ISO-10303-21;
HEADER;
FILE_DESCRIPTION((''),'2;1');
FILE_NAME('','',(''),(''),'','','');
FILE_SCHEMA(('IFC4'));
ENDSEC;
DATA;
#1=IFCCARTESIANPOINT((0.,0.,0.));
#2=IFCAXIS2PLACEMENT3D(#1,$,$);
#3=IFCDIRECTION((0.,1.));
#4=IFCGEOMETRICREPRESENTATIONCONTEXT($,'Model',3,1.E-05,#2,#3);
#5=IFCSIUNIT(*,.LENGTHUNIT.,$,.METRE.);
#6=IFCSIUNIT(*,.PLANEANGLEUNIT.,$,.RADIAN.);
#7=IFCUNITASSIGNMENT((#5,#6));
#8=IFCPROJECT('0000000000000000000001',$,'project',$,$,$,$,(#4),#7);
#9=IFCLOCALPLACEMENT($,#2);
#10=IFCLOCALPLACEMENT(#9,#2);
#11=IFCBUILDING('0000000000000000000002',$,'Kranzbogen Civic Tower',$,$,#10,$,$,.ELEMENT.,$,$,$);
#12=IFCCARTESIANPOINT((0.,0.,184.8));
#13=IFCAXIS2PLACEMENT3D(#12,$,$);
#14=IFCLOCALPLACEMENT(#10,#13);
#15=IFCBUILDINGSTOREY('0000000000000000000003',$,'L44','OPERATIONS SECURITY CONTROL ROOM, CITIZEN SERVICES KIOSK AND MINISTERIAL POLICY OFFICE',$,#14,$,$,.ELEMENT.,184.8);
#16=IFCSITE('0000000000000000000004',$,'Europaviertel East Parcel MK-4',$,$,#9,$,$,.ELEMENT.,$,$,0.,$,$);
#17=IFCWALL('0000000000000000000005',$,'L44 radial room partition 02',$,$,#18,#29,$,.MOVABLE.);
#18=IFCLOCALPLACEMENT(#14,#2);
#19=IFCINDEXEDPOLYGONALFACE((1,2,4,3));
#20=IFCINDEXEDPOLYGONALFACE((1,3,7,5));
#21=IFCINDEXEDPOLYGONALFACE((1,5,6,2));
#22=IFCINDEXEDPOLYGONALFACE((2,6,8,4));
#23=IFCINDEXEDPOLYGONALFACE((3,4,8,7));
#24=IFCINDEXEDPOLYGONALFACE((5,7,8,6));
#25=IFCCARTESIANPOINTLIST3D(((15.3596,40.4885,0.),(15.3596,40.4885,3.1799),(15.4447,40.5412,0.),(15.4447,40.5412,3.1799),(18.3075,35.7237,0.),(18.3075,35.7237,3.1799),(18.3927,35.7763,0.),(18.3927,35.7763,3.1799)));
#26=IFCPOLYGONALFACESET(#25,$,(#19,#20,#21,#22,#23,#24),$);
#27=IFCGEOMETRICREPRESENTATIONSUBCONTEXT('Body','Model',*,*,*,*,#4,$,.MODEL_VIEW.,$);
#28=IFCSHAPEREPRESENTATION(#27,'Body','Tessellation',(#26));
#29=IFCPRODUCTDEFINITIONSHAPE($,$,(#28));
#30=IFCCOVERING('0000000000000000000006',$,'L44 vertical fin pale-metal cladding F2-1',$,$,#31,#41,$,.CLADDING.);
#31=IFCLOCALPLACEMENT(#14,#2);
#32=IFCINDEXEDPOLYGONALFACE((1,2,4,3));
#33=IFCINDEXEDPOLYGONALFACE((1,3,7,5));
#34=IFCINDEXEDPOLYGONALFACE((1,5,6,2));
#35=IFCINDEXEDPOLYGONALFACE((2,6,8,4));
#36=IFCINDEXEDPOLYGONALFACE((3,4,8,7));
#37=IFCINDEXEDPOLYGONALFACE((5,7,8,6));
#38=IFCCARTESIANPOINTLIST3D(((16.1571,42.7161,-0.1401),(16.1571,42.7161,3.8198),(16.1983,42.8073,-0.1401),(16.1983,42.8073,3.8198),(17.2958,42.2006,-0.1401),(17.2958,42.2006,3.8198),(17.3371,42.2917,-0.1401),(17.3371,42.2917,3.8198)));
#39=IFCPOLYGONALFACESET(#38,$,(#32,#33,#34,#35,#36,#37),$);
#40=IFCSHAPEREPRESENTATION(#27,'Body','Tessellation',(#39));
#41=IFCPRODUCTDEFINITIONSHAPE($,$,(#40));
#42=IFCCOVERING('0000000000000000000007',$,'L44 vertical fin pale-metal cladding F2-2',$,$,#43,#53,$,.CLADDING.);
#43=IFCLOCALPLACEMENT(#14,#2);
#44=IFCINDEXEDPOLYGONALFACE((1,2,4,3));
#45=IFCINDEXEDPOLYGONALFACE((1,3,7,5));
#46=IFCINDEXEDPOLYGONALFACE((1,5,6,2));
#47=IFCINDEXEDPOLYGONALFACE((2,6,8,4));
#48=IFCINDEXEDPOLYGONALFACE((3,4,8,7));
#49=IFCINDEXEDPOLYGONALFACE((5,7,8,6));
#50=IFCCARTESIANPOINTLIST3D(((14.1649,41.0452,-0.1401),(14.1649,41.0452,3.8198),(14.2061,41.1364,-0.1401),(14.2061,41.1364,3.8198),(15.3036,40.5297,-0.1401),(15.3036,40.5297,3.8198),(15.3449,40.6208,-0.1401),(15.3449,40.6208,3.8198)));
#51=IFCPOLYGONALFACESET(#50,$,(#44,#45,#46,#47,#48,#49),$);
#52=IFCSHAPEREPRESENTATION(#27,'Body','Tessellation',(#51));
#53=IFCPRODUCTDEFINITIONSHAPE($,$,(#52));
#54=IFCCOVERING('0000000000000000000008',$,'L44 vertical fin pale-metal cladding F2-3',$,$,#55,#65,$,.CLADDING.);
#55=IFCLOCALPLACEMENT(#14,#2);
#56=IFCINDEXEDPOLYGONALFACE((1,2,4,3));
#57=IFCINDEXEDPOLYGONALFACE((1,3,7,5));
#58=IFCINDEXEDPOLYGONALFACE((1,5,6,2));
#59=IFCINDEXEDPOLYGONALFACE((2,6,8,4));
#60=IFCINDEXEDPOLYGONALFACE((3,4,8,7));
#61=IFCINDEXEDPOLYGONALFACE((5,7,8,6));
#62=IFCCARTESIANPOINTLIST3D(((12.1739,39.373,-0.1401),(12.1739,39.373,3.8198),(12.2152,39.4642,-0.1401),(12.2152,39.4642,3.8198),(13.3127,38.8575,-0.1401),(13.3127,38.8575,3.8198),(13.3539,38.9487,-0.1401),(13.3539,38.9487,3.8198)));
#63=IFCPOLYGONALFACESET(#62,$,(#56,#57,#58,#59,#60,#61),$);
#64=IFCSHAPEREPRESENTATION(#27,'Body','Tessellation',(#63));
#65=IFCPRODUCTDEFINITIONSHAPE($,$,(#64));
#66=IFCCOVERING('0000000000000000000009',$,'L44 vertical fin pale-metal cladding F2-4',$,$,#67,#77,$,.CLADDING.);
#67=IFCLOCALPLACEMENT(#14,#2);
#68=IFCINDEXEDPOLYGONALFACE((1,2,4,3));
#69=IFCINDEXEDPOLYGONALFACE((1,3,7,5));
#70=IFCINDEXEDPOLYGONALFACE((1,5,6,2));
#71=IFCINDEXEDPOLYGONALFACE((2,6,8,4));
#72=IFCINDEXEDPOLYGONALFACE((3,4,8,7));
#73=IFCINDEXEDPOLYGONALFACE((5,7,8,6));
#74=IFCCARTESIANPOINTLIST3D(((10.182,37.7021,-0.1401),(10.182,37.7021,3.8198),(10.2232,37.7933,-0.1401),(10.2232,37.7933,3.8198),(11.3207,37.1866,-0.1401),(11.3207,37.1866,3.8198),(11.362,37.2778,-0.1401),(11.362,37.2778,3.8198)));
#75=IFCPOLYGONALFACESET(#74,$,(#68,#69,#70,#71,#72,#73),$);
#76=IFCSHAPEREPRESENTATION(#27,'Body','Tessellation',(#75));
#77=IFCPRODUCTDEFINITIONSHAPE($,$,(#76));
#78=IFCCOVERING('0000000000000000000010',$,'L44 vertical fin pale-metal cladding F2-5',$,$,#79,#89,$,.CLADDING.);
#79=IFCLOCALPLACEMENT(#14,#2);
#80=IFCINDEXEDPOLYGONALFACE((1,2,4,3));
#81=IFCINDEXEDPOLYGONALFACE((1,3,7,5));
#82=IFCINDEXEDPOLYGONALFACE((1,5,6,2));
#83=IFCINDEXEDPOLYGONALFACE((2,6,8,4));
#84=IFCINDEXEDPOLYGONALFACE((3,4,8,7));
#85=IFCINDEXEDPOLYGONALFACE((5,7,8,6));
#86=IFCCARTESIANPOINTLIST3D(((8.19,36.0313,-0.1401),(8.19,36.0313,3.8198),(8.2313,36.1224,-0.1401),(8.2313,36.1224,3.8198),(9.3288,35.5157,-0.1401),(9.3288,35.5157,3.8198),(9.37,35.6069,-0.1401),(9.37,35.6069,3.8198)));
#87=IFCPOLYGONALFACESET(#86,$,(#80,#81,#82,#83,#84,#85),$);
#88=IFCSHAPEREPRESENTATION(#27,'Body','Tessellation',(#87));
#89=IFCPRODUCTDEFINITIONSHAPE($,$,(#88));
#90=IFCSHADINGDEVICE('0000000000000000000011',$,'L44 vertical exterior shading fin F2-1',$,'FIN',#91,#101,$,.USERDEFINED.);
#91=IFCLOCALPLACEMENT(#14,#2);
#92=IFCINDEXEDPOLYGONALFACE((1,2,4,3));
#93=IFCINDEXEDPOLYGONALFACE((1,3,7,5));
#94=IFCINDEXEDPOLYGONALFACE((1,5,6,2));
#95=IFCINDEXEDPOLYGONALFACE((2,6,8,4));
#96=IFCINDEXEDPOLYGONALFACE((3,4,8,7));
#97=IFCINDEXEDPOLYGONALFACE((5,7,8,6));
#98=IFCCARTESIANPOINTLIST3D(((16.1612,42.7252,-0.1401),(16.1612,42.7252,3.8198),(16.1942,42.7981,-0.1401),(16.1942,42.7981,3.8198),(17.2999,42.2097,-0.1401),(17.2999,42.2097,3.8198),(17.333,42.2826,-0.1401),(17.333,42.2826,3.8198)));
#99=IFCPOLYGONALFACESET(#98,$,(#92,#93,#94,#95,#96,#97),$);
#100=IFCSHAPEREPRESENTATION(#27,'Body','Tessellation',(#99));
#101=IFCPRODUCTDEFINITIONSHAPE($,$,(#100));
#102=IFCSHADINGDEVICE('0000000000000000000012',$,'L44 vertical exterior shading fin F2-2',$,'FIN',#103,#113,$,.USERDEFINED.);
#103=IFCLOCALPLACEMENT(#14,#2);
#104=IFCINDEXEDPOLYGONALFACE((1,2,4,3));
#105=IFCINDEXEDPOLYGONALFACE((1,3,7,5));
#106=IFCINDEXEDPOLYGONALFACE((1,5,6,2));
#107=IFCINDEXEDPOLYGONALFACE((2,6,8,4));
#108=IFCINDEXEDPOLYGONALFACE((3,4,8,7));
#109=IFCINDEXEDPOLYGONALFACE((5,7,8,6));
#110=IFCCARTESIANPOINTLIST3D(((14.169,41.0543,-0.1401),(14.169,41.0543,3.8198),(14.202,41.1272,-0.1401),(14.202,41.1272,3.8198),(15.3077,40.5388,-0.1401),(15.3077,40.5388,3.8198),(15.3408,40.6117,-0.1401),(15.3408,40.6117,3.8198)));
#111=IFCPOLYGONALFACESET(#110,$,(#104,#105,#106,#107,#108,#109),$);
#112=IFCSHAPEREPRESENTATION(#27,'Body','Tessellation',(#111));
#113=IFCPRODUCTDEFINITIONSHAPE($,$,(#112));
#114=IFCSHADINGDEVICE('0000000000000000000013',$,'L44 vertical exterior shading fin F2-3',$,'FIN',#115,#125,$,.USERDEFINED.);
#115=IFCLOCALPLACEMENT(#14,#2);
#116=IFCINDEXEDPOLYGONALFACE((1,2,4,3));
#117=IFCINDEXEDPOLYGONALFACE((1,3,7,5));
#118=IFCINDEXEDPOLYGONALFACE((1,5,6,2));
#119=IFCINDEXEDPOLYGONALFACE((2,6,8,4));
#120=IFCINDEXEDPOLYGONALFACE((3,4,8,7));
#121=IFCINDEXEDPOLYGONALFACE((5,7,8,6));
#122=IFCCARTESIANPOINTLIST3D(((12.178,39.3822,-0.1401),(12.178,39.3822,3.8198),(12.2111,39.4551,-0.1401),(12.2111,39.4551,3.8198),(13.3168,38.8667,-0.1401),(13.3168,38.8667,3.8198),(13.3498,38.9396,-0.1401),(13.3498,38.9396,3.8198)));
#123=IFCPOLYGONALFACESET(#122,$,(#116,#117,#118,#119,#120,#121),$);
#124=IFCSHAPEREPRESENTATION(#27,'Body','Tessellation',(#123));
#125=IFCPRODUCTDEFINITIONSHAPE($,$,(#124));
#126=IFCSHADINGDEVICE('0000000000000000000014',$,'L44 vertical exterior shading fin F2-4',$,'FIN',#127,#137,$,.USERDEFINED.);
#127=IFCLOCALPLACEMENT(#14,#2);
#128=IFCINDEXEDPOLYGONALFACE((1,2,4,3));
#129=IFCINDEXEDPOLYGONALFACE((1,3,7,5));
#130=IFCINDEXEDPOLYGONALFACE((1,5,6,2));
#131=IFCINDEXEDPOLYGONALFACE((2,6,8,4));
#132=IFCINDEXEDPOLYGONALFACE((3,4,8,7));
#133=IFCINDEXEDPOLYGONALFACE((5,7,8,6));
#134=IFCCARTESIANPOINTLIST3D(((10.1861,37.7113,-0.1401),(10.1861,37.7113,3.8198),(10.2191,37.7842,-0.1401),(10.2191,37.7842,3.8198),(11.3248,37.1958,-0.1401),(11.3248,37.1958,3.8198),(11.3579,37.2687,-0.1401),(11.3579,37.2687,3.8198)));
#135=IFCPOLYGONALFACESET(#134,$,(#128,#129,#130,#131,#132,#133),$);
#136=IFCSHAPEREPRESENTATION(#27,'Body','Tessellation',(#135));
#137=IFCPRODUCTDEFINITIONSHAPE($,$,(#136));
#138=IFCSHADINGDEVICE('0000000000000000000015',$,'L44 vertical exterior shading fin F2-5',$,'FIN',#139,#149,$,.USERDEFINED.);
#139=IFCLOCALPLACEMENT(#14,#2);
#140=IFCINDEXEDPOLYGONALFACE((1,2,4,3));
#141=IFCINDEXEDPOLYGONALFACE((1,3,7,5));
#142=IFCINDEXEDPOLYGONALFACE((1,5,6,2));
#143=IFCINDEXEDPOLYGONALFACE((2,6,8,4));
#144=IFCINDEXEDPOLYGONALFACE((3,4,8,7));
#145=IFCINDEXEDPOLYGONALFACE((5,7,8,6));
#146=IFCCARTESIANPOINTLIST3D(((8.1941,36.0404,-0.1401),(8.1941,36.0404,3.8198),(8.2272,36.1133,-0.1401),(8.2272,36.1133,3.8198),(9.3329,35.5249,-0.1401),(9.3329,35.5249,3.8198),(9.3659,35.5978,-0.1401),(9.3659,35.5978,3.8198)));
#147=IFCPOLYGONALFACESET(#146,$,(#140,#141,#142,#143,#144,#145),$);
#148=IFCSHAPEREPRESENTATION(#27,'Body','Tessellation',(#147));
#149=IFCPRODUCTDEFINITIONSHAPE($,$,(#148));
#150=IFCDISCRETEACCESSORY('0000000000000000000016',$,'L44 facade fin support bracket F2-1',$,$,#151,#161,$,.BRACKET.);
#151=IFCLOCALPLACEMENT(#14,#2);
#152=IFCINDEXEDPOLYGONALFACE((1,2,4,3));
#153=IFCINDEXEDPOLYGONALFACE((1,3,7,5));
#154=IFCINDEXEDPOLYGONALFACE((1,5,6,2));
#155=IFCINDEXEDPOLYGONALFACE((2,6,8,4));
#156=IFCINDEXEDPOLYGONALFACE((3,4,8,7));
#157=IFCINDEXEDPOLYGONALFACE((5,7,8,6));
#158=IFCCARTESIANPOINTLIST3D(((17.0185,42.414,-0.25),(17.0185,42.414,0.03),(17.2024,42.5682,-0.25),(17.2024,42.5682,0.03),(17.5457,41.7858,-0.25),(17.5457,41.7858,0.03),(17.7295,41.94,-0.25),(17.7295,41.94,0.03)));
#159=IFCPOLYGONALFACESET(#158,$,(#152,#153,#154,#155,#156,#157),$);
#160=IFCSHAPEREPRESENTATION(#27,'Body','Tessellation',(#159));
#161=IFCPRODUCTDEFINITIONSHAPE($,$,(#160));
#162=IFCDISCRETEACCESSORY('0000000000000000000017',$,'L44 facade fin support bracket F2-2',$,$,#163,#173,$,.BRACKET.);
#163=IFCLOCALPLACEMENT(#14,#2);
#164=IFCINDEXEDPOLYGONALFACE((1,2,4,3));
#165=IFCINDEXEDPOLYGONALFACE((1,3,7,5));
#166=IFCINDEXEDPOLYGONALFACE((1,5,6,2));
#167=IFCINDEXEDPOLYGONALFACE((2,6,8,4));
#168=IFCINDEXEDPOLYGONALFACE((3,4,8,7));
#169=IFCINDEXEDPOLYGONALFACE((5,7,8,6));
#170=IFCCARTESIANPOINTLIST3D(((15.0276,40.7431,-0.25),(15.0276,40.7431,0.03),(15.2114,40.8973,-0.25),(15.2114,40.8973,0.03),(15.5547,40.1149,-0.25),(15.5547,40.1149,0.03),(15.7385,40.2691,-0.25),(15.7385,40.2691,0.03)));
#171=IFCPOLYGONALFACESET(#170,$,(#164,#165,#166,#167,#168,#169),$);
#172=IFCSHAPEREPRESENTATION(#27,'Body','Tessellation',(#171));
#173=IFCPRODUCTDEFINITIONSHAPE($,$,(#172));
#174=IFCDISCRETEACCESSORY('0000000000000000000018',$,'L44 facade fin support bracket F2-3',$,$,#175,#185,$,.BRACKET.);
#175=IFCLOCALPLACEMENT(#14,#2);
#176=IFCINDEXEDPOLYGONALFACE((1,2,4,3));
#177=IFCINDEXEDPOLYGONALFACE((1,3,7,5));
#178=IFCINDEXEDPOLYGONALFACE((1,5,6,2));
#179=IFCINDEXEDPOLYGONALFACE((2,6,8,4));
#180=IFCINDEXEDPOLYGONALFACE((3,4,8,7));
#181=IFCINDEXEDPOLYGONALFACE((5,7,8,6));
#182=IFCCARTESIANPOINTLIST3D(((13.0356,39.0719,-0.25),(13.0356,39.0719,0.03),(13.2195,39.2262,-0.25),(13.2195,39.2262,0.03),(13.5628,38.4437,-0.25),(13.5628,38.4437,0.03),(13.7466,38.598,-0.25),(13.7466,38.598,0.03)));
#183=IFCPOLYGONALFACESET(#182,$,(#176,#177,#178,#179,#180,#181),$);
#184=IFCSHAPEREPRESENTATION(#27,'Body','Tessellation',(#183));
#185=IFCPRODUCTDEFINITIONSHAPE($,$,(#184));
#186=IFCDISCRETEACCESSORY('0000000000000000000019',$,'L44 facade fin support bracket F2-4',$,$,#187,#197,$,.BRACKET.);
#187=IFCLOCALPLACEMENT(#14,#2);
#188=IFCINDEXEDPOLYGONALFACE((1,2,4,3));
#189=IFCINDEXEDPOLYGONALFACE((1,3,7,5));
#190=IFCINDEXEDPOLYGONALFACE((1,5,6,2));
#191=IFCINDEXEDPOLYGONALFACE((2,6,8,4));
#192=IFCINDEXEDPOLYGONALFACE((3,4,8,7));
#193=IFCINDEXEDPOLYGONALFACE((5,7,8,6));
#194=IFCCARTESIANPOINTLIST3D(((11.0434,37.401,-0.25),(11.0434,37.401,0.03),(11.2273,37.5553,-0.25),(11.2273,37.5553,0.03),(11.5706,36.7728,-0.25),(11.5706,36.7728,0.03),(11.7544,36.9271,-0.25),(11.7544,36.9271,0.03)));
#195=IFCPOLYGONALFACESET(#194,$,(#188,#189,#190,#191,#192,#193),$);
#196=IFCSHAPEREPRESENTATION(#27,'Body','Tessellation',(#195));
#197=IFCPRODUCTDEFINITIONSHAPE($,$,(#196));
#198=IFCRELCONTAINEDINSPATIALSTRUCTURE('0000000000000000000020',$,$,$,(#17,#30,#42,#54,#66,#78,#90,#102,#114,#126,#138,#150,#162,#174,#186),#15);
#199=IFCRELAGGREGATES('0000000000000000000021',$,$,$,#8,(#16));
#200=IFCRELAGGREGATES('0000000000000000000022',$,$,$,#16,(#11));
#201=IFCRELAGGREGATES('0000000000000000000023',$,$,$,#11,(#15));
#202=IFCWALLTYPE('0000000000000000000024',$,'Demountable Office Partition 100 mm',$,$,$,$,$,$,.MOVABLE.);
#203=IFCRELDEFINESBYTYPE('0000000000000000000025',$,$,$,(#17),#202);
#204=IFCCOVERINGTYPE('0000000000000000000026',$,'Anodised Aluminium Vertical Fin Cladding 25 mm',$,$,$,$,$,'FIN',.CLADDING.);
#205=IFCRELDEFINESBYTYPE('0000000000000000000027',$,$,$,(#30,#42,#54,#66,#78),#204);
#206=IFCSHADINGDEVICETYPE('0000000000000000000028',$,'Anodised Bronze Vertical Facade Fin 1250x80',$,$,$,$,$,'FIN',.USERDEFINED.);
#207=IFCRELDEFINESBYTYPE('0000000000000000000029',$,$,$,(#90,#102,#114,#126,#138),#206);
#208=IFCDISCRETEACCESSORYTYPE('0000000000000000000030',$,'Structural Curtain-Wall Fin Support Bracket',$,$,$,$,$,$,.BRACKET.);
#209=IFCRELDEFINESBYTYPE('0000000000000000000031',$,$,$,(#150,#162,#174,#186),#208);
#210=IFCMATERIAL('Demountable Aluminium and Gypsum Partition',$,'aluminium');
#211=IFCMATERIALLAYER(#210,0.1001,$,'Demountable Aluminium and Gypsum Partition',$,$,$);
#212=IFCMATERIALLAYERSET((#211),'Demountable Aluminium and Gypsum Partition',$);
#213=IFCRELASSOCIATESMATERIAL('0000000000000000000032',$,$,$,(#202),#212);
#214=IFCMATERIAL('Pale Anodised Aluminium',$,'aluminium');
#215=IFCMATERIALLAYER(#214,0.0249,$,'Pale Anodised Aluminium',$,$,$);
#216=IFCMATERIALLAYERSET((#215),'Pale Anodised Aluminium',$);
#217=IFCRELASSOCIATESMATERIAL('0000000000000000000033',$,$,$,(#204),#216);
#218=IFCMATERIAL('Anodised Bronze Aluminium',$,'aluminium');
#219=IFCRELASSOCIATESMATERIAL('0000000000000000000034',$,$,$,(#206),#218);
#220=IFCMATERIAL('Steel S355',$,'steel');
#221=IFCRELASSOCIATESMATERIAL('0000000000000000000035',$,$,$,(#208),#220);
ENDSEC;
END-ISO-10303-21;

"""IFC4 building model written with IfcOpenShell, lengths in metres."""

from ifc_helpers import new_model, si_unit, direction, frame, frame_2d, origin, origin_2d, place, context, subcontext, project, spatial, rectangle, extrude, material, layer, layer_set, type_object, element, save


model = new_model("IFC4")

# Units and contexts
model_context = context("Model", 3, precision=1e-05, world=origin(), true_north=direction((0.0, 1.0)))
body_context = subcontext(model_context, "Body", "Model", "MODEL_VIEW")
ifc_project = project(units=[si_unit("LENGTHUNIT", "METRE"), si_unit("PLANEANGLEUNIT", "RADIAN")], contexts=[model_context])

# Site, building, storey
site_placement = place(None, origin())
site = spatial("IfcSite", under=ifc_project, at=site_placement, Name="Europaviertel East Parcel MK-4", CompositionType="ELEMENT", RefElevation=0.0)
building_placement = place(site_placement, origin())
building = spatial("IfcBuilding", under=site, at=building_placement, Name="Kranzbogen Civic Tower", CompositionType="ELEMENT")
storey_placement = place(building_placement, frame((0.0, 0.0, 184.8)))
storey = spatial("IfcBuildingStorey", under=building, at=storey_placement, Name="L44", Description="OPERATIONS SECURITY CONTROL ROOM, CITIZEN SERVICES KIOSK AND MINISTERIAL POLICY OFFICE", CompositionType="ELEMENT", Elevation=184.8)

# Shared definitions
ifc_material_1 = material(Name="Steel S355", Category="steel")

# Shared definitions
ifc_material_2 = material(Name="Pale Anodised Aluminium", Category="aluminium")

# Wall
ifc_material_3 = material(Name="Demountable Aluminium and Gypsum Partition", Category="aluminium")
ifc_layer_1 = layer(ifc_material_3, 0.1001, Name="Demountable Aluminium and Gypsum Partition")
ifc_layer_set_1 = layer_set([ifc_layer_1], Name="Demountable Aluminium and Gypsum Partition")
wall_type_1 = type_object("IfcWallType", Name="Demountable Office Partition 100 mm", PredefinedType="MOVABLE", material=ifc_layer_set_1)
wall_1_placement = place(storey_placement, frame((18.3501, 35.75, 0.0), z_axis=(0.0, 0.0, 1.0), x_axis=(-0.526136, 0.850401, 0.0)))
element("IfcWall", 1, at=wall_1_placement, inside=storey, type_object=wall_type_1, Name="L44 radial room partition 02", PredefinedType="MOVABLE", context=body_context, shape_type="SweptSolid", body=[
    extrude(rectangle(XDim=5.603, YDim=0.1001, at=frame_2d((2.8015, 0.0))), origin(), (0.0, 0.0, 1.0), 3.1799),
])

# Coverings
ifc_layer_2 = layer(ifc_material_2, 0.0249, Name="Pale Anodised Aluminium")
ifc_layer_set_2 = layer_set([ifc_layer_2], Name="Pale Anodised Aluminium")
covering_type = type_object("IfcCoveringType", Name="Anodised Aluminium Vertical Fin Cladding 25 mm", ElementType="FIN", PredefinedType="CLADDING", material=ifc_layer_set_2)
for number, where, z_axis, x_axis, name in (
    (2, (16.7471, 42.5039, -0.1401), (0.0, 0.0, 1.0), (-0.911001, 0.412405, 0.0), "L44 vertical fin pale-metal cladding F2-1"),
    (3, (14.7549, 40.833, -0.1401), (0.0, 0.0, 1.0), (-0.911001, 0.412405, 0.0), "L44 vertical fin pale-metal cladding F2-2"),
    (4, (12.7639, 39.1609, -0.1401), (0.0, 0.0, 1.0), (-0.911001, 0.412405, 0.0), "L44 vertical fin pale-metal cladding F2-3"),
    (5, (10.772, 37.49, -0.1401), (0.0, 0.0, 1.0), (-0.911001, 0.412405, 0.0), "L44 vertical fin pale-metal cladding F2-4"),
    (6, (8.78, 35.8191, -0.1401), (0.0, 0.0, 1.0), (-0.911001, 0.412405, 0.0), "L44 vertical fin pale-metal cladding F2-5"),
):
    element("IfcCovering", number, at=place(storey_placement, frame(where, z_axis=z_axis, x_axis=x_axis)), inside=storey, type_object=covering_type, Name=name, PredefinedType="CLADDING", context=body_context, shape_type="SweptSolid", body=[
        extrude(rectangle(XDim=1.25, YDim=0.1001, at=origin_2d()), origin(), (0.0, 0.0, 1.0), 3.96),
    ])

# Shading devices
ifc_material_4 = material(Name="Anodised Bronze Aluminium", Category="aluminium")
shading_device_type = type_object("IfcShadingDeviceType", Name="Anodised Bronze Vertical Facade Fin 1250x80", ElementType="FIN", PredefinedType="USERDEFINED", material=ifc_material_4)
for number, where, z_axis, x_axis, name in (
    (7, (16.7471, 42.5039, -0.1401), (0.0, 0.0, 1.0), (-0.911001, 0.412405, 0.0), "L44 vertical exterior shading fin F2-1"),
    (8, (14.7549, 40.833, -0.1401), (0.0, 0.0, 1.0), (-0.911001, 0.412405, 0.0), "L44 vertical exterior shading fin F2-2"),
    (9, (12.7639, 39.1609, -0.1401), (0.0, 0.0, 1.0), (-0.911001, 0.412405, 0.0), "L44 vertical exterior shading fin F2-3"),
    (10, (10.772, 37.49, -0.1401), (0.0, 0.0, 1.0), (-0.911001, 0.412405, 0.0), "L44 vertical exterior shading fin F2-4"),
    (11, (8.78, 35.8191, -0.1401), (0.0, 0.0, 1.0), (-0.911001, 0.412405, 0.0), "L44 vertical exterior shading fin F2-5"),
):
    element("IfcShadingDevice", number, at=place(storey_placement, frame(where, z_axis=z_axis, x_axis=x_axis)), inside=storey, type_object=shading_device_type, Name=name, ObjectType="FIN", PredefinedType="USERDEFINED", context=body_context, shape_type="SweptSolid", body=[
        extrude(rectangle(XDim=1.25, YDim=0.0801, at=origin_2d()), origin(), (0.0, 0.0, 1.0), 3.96),
    ])

# Discrete accessories
discrete_accessory_type = type_object("IfcDiscreteAccessoryType", Name="Structural Curtain-Wall Fin Support Bracket", PredefinedType="BRACKET", material=ifc_material_1)
for number, where, z_axis, x_axis, name in (
    (12, (17.374, 42.177, -0.25), (0.0, 0.0, 1.0), (-0.642788, 0.766044, 0.0), "L44 facade fin support bracket F2-1"),
    (13, (15.3831, 40.5061, -0.25), (0.0, 0.0, 1.0), (-0.642788, 0.766044, 0.0), "L44 facade fin support bracket F2-2"),
    (14, (13.3911, 38.835, -0.25), (0.0, 0.0, 1.0), (-0.642788, 0.766044, 0.0), "L44 facade fin support bracket F2-3"),
    (15, (11.3989, 37.1641, -0.25), (0.0, 0.0, 1.0), (-0.642788, 0.766044, 0.0), "L44 facade fin support bracket F2-4"),
):
    element("IfcDiscreteAccessory", number, at=place(storey_placement, frame(where, z_axis=z_axis, x_axis=x_axis)), inside=storey, type_object=discrete_accessory_type, Name=name, PredefinedType="BRACKET", context=body_context, shape_type="SweptSolid", body=[
        extrude(rectangle(XDim=0.8201, YDim=0.24, at=origin_2d()), origin(), (0.0, 0.0, 1.0), 0.28),
    ])

save(model, "model.ifc")
